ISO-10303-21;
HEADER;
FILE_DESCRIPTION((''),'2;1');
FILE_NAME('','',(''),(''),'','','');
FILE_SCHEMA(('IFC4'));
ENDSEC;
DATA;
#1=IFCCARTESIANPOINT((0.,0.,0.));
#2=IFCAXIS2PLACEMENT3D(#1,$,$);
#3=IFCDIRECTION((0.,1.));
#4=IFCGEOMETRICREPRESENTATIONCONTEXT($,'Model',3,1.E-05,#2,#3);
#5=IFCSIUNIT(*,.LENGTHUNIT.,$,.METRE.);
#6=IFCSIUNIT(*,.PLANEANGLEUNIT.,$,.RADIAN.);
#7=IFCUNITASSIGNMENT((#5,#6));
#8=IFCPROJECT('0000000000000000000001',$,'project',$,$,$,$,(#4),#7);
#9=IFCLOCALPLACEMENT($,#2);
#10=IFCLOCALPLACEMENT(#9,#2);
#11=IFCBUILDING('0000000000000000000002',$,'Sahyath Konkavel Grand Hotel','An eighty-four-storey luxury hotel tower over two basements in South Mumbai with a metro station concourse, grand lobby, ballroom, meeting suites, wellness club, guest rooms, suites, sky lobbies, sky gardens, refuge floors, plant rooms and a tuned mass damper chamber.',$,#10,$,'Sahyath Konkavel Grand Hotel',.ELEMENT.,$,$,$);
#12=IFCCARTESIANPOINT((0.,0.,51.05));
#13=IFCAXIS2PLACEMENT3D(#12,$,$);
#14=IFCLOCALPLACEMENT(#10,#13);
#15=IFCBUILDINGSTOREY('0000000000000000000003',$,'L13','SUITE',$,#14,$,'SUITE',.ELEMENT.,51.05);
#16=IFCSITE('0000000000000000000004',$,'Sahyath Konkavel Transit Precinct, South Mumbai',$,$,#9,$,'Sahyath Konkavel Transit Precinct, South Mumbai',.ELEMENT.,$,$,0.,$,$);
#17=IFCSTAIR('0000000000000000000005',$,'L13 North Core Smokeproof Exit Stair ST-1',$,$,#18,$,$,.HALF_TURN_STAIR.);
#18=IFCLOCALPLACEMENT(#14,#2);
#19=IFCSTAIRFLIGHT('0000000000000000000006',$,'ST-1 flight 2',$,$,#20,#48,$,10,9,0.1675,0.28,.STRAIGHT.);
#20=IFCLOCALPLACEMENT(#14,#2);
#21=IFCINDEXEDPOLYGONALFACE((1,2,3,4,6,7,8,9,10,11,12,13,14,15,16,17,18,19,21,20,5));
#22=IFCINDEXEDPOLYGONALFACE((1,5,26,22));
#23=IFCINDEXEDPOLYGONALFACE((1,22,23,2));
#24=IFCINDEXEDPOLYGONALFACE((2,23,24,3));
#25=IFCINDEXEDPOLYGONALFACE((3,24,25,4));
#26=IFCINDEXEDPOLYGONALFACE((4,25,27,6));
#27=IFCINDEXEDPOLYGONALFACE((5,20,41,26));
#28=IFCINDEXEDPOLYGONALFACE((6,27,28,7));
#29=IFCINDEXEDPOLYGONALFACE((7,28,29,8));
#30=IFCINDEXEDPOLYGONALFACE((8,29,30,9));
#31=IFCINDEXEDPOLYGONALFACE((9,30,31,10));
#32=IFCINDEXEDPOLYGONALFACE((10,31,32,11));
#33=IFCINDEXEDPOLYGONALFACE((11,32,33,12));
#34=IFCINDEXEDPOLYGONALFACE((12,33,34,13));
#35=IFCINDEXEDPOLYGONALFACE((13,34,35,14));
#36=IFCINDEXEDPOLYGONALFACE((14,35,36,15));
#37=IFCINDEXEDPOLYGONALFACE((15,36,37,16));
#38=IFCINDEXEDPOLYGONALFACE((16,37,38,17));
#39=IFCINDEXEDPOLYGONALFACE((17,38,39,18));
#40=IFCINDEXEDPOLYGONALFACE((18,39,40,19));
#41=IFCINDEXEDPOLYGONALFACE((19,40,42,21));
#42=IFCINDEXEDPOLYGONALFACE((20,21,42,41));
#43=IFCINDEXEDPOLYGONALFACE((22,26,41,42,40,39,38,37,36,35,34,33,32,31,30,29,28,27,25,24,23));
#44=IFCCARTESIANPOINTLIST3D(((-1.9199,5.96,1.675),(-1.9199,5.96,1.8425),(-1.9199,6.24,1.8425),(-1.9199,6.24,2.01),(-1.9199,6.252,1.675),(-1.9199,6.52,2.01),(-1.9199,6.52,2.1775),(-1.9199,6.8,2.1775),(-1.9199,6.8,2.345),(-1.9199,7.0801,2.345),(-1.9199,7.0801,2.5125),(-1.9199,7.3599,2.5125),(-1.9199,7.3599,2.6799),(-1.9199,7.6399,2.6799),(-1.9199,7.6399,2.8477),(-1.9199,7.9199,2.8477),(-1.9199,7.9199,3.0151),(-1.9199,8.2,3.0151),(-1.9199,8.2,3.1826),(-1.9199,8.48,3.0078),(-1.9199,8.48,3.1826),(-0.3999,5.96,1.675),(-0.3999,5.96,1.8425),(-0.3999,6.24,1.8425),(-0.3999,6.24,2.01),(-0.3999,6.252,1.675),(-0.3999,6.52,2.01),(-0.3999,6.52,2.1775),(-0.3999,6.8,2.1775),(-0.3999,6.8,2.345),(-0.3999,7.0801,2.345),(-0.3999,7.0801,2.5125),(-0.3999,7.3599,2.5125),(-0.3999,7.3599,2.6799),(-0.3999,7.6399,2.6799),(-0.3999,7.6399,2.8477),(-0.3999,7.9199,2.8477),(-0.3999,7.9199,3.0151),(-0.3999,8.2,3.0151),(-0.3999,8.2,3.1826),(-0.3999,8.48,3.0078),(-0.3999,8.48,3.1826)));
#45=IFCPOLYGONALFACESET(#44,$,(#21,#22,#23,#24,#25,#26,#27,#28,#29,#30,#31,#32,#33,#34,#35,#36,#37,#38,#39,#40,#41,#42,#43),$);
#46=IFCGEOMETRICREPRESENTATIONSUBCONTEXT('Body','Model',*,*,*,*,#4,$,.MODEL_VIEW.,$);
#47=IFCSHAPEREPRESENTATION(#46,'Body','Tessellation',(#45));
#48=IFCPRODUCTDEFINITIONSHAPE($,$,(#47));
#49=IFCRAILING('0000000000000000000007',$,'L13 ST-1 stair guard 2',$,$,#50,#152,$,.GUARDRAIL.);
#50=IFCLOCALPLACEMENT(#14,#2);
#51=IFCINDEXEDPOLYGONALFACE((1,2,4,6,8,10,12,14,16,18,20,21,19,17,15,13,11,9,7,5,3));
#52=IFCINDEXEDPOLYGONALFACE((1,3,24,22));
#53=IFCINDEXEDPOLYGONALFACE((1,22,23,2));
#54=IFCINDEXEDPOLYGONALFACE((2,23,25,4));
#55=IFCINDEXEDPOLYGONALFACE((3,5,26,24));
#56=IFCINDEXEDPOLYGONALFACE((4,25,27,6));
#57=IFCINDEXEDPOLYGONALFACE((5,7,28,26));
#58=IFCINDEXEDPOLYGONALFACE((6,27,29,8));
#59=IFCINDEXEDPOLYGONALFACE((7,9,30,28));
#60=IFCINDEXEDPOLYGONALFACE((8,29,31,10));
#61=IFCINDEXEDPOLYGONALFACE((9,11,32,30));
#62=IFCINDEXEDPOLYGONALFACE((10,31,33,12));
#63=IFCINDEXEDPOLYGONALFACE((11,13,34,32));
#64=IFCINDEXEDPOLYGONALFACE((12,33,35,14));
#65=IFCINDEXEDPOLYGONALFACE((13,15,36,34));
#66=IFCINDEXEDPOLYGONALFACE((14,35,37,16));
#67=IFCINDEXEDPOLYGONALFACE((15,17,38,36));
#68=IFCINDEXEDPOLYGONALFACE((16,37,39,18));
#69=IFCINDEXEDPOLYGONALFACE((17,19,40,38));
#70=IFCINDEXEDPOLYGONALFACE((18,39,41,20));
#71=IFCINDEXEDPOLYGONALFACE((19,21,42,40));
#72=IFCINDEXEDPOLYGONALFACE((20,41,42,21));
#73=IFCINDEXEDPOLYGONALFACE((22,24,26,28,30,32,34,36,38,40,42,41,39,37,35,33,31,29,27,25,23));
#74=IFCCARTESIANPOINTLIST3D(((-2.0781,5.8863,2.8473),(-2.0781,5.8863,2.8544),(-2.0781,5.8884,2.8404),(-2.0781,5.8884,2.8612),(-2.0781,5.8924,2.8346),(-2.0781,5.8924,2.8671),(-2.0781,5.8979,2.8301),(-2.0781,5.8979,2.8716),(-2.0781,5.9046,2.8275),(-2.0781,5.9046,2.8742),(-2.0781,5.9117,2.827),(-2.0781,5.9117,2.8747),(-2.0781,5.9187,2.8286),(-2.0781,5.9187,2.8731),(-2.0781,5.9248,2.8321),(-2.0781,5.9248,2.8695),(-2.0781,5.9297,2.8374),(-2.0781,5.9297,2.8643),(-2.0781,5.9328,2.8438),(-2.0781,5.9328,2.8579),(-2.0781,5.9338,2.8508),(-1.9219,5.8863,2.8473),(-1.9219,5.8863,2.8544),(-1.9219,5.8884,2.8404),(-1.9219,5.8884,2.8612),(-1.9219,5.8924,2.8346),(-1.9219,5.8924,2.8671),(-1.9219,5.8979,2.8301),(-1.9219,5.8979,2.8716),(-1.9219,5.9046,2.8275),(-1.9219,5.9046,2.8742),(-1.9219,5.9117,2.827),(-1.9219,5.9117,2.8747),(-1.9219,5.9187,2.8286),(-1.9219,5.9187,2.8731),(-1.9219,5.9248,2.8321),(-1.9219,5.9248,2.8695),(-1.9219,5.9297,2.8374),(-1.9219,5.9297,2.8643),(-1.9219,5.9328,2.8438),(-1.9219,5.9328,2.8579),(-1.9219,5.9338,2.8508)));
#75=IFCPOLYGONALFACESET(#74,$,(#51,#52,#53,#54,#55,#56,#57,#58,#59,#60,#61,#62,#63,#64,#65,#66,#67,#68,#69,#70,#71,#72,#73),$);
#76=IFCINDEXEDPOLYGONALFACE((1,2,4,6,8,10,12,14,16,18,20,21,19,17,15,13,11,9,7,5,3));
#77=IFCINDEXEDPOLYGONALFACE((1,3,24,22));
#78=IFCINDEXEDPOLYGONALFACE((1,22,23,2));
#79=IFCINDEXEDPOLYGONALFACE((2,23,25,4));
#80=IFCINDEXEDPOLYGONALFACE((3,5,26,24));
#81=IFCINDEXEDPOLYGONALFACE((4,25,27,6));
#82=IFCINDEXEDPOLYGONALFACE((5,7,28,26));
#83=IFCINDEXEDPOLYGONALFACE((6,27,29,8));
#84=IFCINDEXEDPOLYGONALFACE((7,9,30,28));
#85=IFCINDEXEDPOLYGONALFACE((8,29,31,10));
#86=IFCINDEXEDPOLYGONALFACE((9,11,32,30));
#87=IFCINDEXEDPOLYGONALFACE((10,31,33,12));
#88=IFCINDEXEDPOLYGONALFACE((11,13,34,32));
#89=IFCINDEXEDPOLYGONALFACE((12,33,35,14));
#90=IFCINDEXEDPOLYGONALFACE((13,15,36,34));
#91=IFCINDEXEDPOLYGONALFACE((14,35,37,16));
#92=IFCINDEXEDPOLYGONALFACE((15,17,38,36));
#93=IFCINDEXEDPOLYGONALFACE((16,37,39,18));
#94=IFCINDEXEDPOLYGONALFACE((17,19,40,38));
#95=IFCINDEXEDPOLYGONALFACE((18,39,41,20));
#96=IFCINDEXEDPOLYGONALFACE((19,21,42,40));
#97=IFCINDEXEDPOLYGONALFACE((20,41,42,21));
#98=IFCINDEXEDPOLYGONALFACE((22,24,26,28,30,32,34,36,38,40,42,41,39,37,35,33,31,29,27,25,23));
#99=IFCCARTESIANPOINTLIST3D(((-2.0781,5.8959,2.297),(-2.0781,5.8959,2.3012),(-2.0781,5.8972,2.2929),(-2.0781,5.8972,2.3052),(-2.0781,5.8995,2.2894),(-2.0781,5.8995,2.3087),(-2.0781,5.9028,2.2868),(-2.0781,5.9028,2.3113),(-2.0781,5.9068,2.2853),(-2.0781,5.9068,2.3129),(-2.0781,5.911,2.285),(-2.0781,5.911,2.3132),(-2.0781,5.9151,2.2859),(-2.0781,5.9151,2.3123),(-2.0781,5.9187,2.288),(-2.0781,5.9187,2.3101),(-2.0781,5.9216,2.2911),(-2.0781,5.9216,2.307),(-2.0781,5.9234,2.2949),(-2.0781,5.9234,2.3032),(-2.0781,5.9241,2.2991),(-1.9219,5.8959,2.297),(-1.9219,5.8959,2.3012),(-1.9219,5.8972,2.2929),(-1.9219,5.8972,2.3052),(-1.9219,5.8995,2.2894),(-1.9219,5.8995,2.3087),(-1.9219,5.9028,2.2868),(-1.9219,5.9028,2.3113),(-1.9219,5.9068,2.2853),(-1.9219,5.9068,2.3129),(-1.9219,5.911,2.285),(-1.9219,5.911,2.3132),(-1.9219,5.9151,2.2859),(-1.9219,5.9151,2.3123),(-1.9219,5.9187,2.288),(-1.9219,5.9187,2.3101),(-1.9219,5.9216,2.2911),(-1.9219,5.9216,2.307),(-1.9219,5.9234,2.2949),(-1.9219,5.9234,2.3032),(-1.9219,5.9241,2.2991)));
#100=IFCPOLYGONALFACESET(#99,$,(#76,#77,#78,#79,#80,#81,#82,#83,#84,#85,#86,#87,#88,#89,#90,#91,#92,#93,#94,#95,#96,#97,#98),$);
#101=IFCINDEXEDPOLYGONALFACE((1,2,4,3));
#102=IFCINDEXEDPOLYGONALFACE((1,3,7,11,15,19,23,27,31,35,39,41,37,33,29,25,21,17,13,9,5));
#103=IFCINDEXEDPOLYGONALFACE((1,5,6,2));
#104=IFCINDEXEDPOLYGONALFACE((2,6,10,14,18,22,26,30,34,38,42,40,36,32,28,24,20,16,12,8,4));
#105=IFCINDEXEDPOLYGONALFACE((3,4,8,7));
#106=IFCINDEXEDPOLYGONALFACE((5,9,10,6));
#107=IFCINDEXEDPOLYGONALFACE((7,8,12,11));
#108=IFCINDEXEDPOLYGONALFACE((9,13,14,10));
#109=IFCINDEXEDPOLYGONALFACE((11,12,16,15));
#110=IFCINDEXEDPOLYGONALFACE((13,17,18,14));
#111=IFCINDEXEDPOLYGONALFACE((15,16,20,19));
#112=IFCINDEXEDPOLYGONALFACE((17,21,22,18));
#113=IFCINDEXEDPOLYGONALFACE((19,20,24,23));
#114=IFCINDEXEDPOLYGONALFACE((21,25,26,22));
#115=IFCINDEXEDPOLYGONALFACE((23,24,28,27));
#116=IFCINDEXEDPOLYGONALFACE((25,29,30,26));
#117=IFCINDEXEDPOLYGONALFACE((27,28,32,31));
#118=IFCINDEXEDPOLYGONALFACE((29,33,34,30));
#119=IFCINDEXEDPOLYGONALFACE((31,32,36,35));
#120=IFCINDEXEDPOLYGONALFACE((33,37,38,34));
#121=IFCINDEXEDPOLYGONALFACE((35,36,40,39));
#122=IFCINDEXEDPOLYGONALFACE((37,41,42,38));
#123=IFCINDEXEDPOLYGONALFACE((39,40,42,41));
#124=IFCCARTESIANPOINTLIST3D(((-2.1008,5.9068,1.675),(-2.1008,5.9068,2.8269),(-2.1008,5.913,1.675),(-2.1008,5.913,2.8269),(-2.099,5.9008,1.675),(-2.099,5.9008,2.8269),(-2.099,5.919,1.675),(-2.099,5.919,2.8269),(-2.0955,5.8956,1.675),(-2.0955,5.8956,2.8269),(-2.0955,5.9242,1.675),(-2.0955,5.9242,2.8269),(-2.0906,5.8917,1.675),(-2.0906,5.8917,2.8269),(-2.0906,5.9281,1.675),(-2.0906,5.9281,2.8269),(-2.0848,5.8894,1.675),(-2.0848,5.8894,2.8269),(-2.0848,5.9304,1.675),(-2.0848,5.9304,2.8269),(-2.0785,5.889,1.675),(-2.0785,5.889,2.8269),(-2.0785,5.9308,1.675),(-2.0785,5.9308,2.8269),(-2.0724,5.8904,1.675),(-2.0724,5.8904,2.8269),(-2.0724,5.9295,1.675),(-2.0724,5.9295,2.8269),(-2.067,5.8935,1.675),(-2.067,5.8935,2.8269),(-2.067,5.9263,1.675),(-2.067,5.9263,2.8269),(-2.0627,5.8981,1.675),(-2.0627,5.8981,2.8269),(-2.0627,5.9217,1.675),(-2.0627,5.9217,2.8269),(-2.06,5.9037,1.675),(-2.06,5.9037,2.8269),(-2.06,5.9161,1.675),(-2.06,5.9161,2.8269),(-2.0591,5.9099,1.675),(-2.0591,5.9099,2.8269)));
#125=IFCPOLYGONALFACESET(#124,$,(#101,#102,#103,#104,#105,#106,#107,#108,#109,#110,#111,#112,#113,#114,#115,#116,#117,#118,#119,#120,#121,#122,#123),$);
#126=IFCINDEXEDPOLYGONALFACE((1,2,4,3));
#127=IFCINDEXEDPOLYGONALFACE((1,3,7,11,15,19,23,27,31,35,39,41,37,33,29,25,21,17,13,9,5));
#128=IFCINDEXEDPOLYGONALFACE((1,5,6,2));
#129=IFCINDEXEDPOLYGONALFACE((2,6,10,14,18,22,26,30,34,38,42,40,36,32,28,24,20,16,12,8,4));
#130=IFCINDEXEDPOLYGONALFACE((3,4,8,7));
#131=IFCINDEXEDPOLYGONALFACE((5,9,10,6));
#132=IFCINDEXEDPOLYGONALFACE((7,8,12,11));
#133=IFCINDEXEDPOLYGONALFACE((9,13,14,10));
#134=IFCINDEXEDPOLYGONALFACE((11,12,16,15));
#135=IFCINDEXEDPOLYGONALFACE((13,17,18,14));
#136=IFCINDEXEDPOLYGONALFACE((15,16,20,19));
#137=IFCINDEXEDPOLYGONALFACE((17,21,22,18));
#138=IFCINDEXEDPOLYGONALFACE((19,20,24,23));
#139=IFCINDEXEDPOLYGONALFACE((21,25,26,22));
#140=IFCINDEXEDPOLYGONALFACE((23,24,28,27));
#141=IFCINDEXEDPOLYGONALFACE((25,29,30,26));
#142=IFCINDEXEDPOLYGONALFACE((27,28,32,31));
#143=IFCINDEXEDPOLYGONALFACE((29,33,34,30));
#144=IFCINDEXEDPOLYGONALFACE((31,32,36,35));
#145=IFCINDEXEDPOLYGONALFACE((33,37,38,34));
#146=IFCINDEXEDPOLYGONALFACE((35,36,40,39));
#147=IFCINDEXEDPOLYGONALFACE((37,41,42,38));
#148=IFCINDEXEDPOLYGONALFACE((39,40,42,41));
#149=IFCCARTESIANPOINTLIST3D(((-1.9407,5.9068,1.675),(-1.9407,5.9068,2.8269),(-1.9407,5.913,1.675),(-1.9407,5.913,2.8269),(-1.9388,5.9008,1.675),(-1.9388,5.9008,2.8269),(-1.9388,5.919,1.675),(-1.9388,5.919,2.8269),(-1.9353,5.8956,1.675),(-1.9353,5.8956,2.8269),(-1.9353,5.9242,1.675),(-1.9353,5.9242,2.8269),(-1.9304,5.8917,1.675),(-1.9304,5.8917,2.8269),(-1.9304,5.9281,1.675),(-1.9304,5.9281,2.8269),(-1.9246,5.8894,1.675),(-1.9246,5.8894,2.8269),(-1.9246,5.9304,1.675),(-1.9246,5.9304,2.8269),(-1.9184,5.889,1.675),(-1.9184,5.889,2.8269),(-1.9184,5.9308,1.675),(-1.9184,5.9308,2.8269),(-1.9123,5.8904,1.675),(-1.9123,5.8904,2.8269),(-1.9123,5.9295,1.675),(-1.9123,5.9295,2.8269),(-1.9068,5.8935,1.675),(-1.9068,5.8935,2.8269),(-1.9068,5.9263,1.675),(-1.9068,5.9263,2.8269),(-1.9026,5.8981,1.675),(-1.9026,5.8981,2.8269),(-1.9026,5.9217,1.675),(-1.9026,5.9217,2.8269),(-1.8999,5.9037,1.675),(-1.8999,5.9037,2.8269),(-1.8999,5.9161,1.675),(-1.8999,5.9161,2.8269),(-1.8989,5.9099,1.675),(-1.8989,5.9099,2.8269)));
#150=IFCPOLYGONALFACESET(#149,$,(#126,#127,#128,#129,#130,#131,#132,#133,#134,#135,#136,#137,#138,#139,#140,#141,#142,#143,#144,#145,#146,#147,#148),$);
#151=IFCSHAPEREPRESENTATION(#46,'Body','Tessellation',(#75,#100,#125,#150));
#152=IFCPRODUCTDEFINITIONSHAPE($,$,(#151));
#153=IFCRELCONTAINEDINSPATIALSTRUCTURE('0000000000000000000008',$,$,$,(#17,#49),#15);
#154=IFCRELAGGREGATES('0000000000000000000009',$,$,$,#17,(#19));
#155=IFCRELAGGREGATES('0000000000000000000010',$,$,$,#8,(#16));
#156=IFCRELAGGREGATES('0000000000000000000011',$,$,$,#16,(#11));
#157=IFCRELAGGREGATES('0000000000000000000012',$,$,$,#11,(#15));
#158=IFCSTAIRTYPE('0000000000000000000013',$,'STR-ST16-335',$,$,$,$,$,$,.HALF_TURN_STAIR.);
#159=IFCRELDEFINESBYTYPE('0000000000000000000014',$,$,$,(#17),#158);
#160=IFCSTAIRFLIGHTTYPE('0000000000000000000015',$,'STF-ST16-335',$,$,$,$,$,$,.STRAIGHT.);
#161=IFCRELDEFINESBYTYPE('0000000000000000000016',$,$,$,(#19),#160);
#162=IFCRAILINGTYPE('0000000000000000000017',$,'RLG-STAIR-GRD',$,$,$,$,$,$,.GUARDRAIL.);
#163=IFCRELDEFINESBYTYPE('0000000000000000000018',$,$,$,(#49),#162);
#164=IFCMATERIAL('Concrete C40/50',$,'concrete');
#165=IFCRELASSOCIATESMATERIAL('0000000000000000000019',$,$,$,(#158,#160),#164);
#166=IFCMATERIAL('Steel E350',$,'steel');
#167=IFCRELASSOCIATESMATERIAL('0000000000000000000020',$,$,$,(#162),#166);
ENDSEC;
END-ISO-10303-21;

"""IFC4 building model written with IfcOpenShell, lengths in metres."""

from ifc_helpers import new_model, si_unit, direction, frame, origin, origin_2d, place, context, subcontext, project, spatial, polyline, circle, outline, extrude, material, type_object, element, aggregate, save


model = new_model("IFC4")

# Units and contexts
model_context = context("Model", 3, precision=1e-05, world=origin(), true_north=direction((0.0, 1.0)))
body_context = subcontext(model_context, "Body", "Model", "MODEL_VIEW")
ifc_project = project(units=[si_unit("LENGTHUNIT", "METRE"), si_unit("PLANEANGLEUNIT", "RADIAN")], contexts=[model_context])

# Site, building, storey
site_placement = place(None, origin())
site = spatial("IfcSite", under=ifc_project, at=site_placement, Name="Sahyath Konkavel Transit Precinct, South Mumbai", LongName="Sahyath Konkavel Transit Precinct, South Mumbai", CompositionType="ELEMENT", RefElevation=0.0)
building_placement = place(site_placement, origin())
building = spatial("IfcBuilding", under=site, at=building_placement, Name="Sahyath Konkavel Grand Hotel", Description="An eighty-four-storey luxury hotel tower over two basements in South Mumbai with a metro station concourse, grand lobby, ballroom, meeting suites, wellness club, guest rooms, suites, sky lobbies, sky gardens, refuge floors, plant rooms and a tuned mass damper chamber.", LongName="Sahyath Konkavel Grand Hotel", CompositionType="ELEMENT")
storey_placement = place(building_placement, frame((0.0, 0.0, 51.05)))
storey = spatial("IfcBuildingStorey", under=building, at=storey_placement, Name="L13", Description="SUITE", LongName="SUITE", CompositionType="ELEMENT", Elevation=51.05)

# Shared definitions
ifc_material_1 = material(Name="Steel E350", Category="steel")

# Shared definitions
ifc_material_2 = material(Name="Concrete C40/50", Category="concrete")

# Stair
stair_type = type_object("IfcStairType", Name="STR-ST16-335", PredefinedType="HALF_TURN_STAIR", material=ifc_material_2)
stair_placement = place(storey_placement, origin())
stair = element("IfcStair", 1, at=stair_placement, inside=storey, type_object=stair_type, Name="L13 North Core Smokeproof Exit Stair ST-1", PredefinedType="HALF_TURN_STAIR")

# Stair flight
stair_flight_type = type_object("IfcStairFlightType", Name="STF-ST16-335", PredefinedType="STRAIGHT", material=ifc_material_2)
stair_flight_placement = place(storey_placement, frame((-1.1599, 5.96, 1.675), z_axis=(0.0, 0.0, 1.0), x_axis=(0.0, 1.0, 0.0)))
stair_flight = element("IfcStairFlight", 2, at=stair_flight_placement, type_object=stair_flight_type, Name="ST-1 flight 2", NumberOfRisers=10, NumberOfTreads=9, PredefinedType="STRAIGHT", RiserHeight=0.1675, TreadLength=0.28, context=body_context, shape_type="SweptSolid", body=[
    extrude(outline(polyline([(0.0, 0.0), (0.0, 0.1675), (0.28, 0.1675), (0.28, 0.335), (0.5601, 0.335), (0.5601, 0.5024), (0.8401, 0.5024), (0.8401, 0.6699), (1.1201, 0.6699), (1.1201, 0.8374), (1.3999, 0.8374), (1.3999, 1.0049), (1.6799, 1.0049), (1.6799, 1.1726), (1.96, 1.1726), (1.96, 1.3401), (2.24, 1.3401), (2.24, 1.5076), (2.52, 1.5076), (2.52, 1.675), (2.52, 1.3328), (0.292, 0.0), (0.0, 0.0)])), frame((0.0, 0.76, 0.0), z_axis=(0.0, -1.0, 0.0), x_axis=(1.0, 0.0, 0.0)), (0.0, 0.0, 1.0), 1.52),
])
aggregate(stair, [stair_flight])

# Railing
railing_type_1 = type_object("IfcRailingType", Name="RLG-STAIR-GRD", PredefinedType="GUARDRAIL", material=ifc_material_1)
railing_1_placement = place(storey_placement, frame((-2.0801, 5.9099, 1.675)))
element("IfcRailing", 3, at=railing_1_placement, inside=storey, type_object=railing_type_1, Name="L13 ST-1 stair guard 2", PredefinedType="GUARDRAIL", context=body_context, shape_type="SweptSolid", body=[
    extrude(circle(Radius=0.0239, at=origin_2d()), frame((0.002, 0.0, 1.1758), z_axis=(1.0, 0.0, 0.0), x_axis=(0.0, 1.0, 0.0)), (0.0, 0.0, 1.0), 0.1562),
    extrude(circle(Radius=0.0142, at=origin_2d()), frame((0.002, 0.0, 0.624), z_axis=(1.0, 0.0, 0.0), x_axis=(0.0, 1.0, 0.0)), (0.0, 0.0, 1.0), 0.1562),
    extrude(circle(Radius=0.021, at=origin_2d()), origin(), (0.0, 0.0, 1.0), 1.1519),
    extrude(circle(Radius=0.021, at=origin_2d()), frame((0.1602, 0.0, 0.0)), (0.0, 0.0, 1.0), 1.1519),
])

save(model, "model.ifc")
